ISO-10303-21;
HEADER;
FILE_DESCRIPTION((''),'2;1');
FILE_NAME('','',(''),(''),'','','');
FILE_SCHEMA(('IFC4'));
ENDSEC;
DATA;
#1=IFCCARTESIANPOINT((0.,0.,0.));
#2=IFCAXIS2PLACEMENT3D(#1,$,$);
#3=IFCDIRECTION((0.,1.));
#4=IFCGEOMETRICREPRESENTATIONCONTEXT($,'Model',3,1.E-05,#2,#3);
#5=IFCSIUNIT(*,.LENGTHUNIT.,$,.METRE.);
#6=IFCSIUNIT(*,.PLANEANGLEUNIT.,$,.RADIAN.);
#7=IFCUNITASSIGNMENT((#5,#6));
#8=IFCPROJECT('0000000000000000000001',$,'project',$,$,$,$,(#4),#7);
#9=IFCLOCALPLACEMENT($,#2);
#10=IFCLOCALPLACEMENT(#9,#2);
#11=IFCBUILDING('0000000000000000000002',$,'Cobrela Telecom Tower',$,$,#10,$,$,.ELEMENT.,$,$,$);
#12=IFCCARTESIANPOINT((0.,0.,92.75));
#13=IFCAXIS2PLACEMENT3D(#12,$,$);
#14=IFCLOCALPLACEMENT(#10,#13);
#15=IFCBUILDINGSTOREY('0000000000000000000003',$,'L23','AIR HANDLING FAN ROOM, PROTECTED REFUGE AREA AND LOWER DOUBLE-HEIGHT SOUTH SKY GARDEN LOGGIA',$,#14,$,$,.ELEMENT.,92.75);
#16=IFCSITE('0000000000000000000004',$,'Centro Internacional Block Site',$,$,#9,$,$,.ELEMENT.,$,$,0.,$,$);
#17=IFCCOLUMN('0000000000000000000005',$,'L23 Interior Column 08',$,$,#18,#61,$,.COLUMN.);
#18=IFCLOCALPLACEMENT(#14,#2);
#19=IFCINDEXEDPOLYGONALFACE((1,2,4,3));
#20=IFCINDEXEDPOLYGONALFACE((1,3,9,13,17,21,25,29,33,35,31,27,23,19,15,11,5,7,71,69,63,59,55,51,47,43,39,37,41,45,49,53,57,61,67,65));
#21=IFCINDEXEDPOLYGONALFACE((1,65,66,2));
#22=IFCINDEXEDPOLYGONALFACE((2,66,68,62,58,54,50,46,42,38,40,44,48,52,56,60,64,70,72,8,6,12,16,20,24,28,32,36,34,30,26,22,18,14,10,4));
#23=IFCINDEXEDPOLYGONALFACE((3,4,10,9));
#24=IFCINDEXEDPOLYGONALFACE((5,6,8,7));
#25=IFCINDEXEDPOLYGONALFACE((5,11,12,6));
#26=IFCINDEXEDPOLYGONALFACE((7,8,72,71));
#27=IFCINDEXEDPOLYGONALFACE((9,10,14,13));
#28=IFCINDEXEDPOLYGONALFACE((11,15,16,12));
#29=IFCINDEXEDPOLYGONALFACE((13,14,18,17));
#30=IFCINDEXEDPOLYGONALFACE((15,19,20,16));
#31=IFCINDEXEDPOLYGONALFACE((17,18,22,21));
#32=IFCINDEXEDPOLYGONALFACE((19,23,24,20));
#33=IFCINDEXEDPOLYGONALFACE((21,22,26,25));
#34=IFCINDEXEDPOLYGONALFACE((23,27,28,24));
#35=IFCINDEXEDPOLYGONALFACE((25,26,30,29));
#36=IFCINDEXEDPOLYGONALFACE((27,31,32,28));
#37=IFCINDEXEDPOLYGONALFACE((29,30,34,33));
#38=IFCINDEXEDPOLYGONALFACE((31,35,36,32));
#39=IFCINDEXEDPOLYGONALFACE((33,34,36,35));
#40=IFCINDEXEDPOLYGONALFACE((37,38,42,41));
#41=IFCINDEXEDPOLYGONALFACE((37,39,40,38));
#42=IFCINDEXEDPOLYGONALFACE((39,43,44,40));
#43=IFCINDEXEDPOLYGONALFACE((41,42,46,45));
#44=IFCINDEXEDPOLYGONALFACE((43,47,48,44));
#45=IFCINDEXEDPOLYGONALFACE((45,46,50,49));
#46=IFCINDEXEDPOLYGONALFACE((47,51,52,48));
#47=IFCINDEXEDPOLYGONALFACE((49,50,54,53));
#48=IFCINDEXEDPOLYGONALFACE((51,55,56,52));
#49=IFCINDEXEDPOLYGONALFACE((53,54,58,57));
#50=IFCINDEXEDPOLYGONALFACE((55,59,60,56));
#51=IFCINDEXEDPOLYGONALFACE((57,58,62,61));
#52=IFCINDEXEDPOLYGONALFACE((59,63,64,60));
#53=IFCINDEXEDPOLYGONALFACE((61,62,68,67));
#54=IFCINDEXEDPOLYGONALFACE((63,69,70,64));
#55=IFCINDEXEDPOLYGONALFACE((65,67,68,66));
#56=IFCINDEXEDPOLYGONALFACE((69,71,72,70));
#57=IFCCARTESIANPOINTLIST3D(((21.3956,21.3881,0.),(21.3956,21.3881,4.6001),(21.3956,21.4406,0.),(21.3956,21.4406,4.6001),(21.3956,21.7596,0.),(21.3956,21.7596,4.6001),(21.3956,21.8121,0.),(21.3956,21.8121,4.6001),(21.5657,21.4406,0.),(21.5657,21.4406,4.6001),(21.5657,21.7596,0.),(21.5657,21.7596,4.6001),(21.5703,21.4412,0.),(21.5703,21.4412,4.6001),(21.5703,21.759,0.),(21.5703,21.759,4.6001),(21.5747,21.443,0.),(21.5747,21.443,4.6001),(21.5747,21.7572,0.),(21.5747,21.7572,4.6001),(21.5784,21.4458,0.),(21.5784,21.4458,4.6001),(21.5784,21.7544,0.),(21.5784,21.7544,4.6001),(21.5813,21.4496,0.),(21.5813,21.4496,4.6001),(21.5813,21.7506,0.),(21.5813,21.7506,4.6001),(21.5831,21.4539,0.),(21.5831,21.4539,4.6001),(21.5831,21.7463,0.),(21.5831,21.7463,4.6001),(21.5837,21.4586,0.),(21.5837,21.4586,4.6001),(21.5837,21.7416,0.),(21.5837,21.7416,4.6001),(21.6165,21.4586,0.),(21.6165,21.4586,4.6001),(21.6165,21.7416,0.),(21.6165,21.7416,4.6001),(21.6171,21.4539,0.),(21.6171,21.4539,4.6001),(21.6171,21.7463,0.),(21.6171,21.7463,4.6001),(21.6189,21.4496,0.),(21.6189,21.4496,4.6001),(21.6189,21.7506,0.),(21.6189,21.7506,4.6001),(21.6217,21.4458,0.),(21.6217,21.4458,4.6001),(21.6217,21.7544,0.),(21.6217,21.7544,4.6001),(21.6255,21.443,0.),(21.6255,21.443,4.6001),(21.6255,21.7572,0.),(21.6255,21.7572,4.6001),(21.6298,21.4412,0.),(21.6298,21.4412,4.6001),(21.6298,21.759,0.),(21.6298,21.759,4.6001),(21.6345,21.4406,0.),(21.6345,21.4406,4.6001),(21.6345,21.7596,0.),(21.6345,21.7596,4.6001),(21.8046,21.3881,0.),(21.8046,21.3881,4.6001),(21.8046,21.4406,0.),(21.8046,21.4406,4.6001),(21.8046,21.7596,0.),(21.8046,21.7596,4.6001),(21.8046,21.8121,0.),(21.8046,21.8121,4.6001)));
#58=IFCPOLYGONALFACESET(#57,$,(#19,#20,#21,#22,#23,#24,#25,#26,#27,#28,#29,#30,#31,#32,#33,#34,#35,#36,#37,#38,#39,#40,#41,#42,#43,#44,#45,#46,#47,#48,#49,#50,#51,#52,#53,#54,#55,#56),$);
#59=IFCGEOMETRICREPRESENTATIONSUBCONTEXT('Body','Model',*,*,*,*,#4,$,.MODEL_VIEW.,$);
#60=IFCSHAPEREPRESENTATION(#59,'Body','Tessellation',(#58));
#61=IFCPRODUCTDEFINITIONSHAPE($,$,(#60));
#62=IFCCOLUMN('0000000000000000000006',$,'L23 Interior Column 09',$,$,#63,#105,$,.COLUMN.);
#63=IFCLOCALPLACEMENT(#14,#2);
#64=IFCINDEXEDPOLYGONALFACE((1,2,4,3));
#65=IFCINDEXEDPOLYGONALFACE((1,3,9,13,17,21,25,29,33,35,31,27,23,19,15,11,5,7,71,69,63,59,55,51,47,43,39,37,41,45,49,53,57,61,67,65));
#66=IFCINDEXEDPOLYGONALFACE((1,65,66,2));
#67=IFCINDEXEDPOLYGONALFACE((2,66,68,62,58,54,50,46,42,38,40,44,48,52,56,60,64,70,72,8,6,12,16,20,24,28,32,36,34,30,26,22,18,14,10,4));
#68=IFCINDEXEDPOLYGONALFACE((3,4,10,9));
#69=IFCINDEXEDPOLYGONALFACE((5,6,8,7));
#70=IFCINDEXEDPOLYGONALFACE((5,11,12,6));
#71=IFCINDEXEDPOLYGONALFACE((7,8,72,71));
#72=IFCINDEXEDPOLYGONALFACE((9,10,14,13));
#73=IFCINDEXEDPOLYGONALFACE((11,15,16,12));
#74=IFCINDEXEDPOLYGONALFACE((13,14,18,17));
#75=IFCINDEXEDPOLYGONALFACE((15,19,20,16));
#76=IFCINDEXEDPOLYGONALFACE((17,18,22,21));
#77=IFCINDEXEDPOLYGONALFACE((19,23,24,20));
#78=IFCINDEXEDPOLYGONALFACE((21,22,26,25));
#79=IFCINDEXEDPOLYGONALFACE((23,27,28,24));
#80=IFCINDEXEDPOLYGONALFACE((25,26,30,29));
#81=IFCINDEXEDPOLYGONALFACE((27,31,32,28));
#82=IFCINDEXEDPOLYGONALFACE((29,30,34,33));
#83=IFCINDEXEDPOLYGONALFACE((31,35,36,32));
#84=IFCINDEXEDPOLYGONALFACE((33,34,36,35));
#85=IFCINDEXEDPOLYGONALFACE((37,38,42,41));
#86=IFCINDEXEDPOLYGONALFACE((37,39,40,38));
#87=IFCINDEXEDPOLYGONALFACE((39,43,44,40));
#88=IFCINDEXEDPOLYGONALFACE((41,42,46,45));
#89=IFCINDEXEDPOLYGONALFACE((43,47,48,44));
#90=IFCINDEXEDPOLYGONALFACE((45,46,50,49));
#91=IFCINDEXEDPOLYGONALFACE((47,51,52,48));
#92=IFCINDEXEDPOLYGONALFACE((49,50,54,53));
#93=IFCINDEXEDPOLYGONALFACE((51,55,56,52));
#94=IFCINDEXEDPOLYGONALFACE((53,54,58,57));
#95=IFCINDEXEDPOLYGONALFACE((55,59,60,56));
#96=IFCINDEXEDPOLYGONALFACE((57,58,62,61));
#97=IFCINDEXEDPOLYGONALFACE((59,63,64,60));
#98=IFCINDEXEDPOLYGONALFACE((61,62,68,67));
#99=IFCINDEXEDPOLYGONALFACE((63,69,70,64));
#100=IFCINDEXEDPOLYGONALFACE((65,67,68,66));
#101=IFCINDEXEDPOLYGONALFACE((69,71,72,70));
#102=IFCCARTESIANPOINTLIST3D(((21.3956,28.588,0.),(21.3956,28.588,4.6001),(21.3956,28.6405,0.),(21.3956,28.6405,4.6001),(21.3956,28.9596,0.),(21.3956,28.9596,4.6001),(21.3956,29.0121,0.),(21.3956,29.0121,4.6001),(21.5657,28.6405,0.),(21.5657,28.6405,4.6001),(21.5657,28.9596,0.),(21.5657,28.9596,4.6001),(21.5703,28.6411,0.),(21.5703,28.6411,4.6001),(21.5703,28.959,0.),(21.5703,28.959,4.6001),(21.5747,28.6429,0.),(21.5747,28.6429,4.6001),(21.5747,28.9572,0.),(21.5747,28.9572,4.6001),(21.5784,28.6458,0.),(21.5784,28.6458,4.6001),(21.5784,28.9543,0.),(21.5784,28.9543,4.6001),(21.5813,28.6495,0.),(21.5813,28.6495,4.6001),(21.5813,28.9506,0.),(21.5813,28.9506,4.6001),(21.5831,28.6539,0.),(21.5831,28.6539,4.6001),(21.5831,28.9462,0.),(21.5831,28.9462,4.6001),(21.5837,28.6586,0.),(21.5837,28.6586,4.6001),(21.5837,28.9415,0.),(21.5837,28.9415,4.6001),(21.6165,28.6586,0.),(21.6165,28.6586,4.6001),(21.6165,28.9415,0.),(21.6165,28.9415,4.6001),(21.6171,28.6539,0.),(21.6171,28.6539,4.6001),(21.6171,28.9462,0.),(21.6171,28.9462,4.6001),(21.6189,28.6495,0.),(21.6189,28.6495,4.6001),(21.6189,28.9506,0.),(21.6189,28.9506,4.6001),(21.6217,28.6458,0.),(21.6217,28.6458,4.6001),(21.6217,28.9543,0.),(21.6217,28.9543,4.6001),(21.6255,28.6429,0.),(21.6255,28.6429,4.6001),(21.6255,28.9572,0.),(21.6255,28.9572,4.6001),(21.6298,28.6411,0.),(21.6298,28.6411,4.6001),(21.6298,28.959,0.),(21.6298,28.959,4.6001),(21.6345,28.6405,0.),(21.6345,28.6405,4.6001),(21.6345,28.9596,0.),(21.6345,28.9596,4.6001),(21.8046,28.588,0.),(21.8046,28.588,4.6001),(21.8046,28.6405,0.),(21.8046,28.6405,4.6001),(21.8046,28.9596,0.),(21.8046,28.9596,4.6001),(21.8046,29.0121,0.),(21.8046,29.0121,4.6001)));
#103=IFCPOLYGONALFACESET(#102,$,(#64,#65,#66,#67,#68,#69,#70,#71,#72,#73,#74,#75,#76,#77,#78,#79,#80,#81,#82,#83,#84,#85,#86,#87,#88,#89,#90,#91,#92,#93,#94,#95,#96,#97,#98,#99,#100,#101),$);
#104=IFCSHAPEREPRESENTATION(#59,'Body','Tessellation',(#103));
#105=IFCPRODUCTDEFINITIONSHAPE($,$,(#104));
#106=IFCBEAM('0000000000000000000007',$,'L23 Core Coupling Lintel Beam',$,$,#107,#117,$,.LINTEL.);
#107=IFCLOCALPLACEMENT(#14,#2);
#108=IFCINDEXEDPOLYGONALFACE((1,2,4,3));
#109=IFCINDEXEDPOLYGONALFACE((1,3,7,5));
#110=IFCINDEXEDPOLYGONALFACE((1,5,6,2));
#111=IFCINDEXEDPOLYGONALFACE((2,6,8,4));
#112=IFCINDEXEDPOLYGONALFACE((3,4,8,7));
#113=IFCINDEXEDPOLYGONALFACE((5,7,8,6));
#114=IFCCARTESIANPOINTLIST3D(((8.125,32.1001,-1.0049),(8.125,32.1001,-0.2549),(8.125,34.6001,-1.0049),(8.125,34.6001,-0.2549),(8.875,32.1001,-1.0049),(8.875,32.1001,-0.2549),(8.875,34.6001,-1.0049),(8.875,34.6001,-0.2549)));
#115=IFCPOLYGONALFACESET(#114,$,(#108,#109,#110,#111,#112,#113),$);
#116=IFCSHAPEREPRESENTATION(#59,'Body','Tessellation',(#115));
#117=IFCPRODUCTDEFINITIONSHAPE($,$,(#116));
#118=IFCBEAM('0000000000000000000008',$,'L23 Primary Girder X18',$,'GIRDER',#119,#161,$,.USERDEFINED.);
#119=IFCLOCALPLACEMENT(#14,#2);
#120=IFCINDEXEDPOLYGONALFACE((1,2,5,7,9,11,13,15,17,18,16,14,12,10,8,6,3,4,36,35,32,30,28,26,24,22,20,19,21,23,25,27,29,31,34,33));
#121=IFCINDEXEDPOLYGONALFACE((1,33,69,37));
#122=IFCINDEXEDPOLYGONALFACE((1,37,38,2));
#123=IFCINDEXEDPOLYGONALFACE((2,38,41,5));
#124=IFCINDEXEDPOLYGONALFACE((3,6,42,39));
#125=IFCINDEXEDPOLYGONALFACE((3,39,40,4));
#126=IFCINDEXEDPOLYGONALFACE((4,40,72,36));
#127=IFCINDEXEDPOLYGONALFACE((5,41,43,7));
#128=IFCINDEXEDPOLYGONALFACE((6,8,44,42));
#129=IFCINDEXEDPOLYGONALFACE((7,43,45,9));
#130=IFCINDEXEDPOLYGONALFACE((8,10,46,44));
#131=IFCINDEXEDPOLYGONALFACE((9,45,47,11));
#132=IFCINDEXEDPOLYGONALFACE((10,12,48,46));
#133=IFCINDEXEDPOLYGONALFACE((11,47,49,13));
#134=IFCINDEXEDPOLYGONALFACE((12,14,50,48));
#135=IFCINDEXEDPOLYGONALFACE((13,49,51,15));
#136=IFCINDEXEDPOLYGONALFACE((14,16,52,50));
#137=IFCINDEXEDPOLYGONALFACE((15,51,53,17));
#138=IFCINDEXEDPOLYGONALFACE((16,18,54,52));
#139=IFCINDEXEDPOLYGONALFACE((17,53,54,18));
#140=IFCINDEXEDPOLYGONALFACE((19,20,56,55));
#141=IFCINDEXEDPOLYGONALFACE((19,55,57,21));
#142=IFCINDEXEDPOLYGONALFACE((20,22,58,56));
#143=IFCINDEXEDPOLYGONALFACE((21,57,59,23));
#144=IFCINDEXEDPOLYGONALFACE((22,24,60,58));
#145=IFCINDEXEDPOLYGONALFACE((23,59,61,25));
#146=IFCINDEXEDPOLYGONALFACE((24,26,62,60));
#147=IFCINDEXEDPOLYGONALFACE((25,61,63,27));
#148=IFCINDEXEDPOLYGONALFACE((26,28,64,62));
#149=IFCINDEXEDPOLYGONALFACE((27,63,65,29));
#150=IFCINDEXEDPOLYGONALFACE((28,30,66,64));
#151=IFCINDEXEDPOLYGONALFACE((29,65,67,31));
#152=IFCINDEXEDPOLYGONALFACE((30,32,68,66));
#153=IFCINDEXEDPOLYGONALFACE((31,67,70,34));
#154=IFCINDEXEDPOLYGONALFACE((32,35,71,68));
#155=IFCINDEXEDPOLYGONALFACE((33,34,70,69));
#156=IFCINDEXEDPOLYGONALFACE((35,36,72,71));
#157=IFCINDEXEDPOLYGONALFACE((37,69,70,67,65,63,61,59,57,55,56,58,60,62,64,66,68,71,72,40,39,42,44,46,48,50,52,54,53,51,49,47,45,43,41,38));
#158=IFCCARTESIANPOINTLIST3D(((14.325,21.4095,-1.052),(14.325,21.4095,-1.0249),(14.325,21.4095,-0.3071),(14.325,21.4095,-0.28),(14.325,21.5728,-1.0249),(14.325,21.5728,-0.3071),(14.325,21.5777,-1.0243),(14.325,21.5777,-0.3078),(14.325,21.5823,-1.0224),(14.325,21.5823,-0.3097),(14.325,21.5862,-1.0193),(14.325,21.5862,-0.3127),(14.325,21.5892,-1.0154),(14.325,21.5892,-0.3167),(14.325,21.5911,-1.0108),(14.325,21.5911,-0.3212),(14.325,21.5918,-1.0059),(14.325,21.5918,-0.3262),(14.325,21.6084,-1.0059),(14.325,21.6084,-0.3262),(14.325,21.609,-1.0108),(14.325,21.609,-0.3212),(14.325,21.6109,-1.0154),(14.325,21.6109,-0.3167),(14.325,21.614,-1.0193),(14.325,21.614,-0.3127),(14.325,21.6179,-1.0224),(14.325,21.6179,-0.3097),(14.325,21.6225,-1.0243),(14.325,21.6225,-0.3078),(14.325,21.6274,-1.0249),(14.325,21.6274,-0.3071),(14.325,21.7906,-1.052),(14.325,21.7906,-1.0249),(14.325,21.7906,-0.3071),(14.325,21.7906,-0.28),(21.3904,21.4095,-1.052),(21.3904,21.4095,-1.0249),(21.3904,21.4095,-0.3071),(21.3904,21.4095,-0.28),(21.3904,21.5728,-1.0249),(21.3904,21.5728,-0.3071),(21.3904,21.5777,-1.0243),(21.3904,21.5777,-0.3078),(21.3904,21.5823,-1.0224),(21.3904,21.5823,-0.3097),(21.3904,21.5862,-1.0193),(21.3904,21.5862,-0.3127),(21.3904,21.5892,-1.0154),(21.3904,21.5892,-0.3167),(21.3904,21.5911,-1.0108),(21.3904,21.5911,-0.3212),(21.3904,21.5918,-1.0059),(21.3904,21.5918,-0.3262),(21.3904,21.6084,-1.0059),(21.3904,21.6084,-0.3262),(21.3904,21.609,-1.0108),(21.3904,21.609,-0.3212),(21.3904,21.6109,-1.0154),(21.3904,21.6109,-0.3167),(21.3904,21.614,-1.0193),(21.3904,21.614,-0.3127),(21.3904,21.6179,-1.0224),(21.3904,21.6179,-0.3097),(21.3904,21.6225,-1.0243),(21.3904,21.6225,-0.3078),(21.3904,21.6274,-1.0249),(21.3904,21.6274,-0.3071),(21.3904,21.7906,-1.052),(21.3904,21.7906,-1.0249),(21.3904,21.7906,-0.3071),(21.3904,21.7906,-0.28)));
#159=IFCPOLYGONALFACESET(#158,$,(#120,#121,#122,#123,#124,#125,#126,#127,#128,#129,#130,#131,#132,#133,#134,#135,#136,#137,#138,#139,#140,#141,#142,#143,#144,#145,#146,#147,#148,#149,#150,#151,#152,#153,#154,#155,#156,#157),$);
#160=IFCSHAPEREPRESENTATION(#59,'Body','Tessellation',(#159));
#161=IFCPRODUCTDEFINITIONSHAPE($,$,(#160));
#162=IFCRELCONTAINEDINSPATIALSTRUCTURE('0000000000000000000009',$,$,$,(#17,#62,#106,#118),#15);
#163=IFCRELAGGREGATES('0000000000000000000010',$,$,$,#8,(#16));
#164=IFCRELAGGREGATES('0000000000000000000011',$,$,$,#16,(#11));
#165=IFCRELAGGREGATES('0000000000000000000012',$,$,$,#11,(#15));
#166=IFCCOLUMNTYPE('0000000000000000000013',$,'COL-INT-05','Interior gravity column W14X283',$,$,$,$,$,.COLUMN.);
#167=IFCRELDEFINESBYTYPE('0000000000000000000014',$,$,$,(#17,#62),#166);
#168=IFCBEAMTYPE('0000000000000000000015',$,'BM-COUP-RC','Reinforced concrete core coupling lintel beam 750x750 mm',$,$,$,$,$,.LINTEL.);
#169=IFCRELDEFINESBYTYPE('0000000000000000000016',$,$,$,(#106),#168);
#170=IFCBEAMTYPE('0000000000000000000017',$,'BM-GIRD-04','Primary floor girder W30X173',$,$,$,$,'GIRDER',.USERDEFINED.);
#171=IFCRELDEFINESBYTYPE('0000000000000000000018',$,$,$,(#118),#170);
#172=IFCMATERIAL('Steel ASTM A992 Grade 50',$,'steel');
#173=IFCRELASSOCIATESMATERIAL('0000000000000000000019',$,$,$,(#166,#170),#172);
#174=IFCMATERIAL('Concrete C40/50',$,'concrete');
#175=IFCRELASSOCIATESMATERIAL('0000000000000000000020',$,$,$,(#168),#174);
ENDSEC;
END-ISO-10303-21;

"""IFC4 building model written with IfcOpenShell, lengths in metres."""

from ifc_helpers import new_model, si_unit, direction, frame, origin, origin_2d, place, context, subcontext, project, spatial, rectangle, i_section, extrude, material, material_profile, profile_set, type_object, element, save


model = new_model("IFC4")

# Units and contexts
model_context = context("Model", 3, precision=1e-05, world=origin(), true_north=direction((0.0, 1.0)))
body_context = subcontext(model_context, "Body", "Model", "MODEL_VIEW")
ifc_project = project(units=[si_unit("LENGTHUNIT", "METRE"), si_unit("PLANEANGLEUNIT", "RADIAN")], contexts=[model_context])

# Site, building, storey
site_placement = place(None, origin())
site = spatial("IfcSite", under=ifc_project, at=site_placement, Name="Centro Internacional Block Site", CompositionType="ELEMENT", RefElevation=0.0)
building_placement = place(site_placement, origin())
building = spatial("IfcBuilding", under=site, at=building_placement, Name="Cobrela Telecom Tower", CompositionType="ELEMENT")
storey_placement = place(building_placement, frame((0.0, 0.0, 92.75)))
storey = spatial("IfcBuildingStorey", under=building, at=storey_placement, Name="L23", Description="AIR HANDLING FAN ROOM, PROTECTED REFUGE AREA AND LOWER DOUBLE-HEIGHT SOUTH SKY GARDEN LOGGIA", CompositionType="ELEMENT", Elevation=92.75)

# Columns
ifc_material_1 = material(Name="Steel ASTM A992 Grade 50", Category="steel")
ifc_material_profile_1 = material_profile(ifc_material_1, i_section(OverallWidth=0.4089, OverallDepth=0.4241, WebThickness=0.0327, FlangeThickness=0.0525, FilletRadius=0.0181, at=origin_2d()), Name="W14X283")
ifc_profile_set_1 = profile_set([ifc_material_profile_1], Name="Steel ASTM A992 Grade 50")
column_type = type_object("IfcColumnType", Name="COL-INT-05", Description="Interior gravity column W14X283", PredefinedType="COLUMN", material=ifc_profile_set_1)
for number, where, z_axis, x_axis, name in (
    (1, (21.6001, 21.6001, 0.0), (0.0, 0.0, 1.0), (1.0, 0.0, 0.0), "L23 Interior Column 08"),
    (2, (21.6001, 28.8, 0.0), (0.0, 0.0, 1.0), (1.0, 0.0, 0.0), "L23 Interior Column 09"),
):
    element("IfcColumn", number, at=place(storey_placement, frame(where, z_axis=z_axis, x_axis=x_axis)), inside=storey, type_object=column_type, Name=name, PredefinedType="COLUMN", context=body_context, shape_type="SweptSolid", body=[
        extrude(i_section(OverallWidth=0.4089, OverallDepth=0.4241, WebThickness=0.0327, FlangeThickness=0.0525, FilletRadius=0.0181, at=origin_2d()), origin(), (0.0, 0.0, 1.0), 4.6001),
    ])

# Beams
ifc_material_2 = material(Name="Concrete C40/50", Category="concrete")
ifc_material_profile_2 = material_profile(ifc_material_2, rectangle(XDim=0.75, YDim=0.75, at=origin_2d()), Name="RC 750x750")
ifc_profile_set_2 = profile_set([ifc_material_profile_2], Name="Concrete C40/50")
beam_type_1 = type_object("IfcBeamType", Name="BM-COUP-RC", Description="Reinforced concrete core coupling lintel beam 750x750 mm", PredefinedType="LINTEL", material=ifc_profile_set_2)
beam_1_placement = place(storey_placement, frame((8.5, 32.1001, -0.6299), z_axis=(0.0, 1.0, 0.0), x_axis=(-1.0, 0.0, 0.0)))
element("IfcBeam", 3, at=beam_1_placement, inside=storey, type_object=beam_type_1, Name="L23 Core Coupling Lintel Beam", PredefinedType="LINTEL", context=body_context, shape_type="SweptSolid", body=[
    extrude(rectangle(XDim=0.75, YDim=0.75, at=origin_2d()), origin(), (0.0, 0.0, 1.0), 2.5),
])
ifc_material_profile_3 = material_profile(ifc_material_1, i_section(OverallWidth=0.3811, OverallDepth=0.772, WebThickness=0.0166, FlangeThickness=0.0271, FilletRadius=0.019, at=origin_2d()), Name="W30X173")
ifc_profile_set_3 = profile_set([ifc_material_profile_3], Name="Steel ASTM A992 Grade 50")
beam_type_2 = type_object("IfcBeamType", Name="BM-GIRD-04", Description="Primary floor girder W30X173", ElementType="GIRDER", PredefinedType="USERDEFINED", material=ifc_profile_set_3)
for number, where, z_axis, x_axis, name in (
    (4, (14.325, 21.6001, -0.666), (1.0, 0.0, 0.0), (0.0, 1.0, 0.0), "L23 Primary Girder X18"),
):
    element("IfcBeam", number, at=place(storey_placement, frame(where, z_axis=z_axis, x_axis=x_axis)), inside=storey, type_object=beam_type_2, Name=name, ObjectType="GIRDER", PredefinedType="USERDEFINED", context=body_context, shape_type="SweptSolid", body=[
        extrude(i_section(OverallWidth=0.3811, OverallDepth=0.772, WebThickness=0.0166, FlangeThickness=0.0271, FilletRadius=0.019, at=origin_2d()), origin(), (0.0, 0.0, 1.0), 7.0654),
    ])

save(model, "model.ifc")
